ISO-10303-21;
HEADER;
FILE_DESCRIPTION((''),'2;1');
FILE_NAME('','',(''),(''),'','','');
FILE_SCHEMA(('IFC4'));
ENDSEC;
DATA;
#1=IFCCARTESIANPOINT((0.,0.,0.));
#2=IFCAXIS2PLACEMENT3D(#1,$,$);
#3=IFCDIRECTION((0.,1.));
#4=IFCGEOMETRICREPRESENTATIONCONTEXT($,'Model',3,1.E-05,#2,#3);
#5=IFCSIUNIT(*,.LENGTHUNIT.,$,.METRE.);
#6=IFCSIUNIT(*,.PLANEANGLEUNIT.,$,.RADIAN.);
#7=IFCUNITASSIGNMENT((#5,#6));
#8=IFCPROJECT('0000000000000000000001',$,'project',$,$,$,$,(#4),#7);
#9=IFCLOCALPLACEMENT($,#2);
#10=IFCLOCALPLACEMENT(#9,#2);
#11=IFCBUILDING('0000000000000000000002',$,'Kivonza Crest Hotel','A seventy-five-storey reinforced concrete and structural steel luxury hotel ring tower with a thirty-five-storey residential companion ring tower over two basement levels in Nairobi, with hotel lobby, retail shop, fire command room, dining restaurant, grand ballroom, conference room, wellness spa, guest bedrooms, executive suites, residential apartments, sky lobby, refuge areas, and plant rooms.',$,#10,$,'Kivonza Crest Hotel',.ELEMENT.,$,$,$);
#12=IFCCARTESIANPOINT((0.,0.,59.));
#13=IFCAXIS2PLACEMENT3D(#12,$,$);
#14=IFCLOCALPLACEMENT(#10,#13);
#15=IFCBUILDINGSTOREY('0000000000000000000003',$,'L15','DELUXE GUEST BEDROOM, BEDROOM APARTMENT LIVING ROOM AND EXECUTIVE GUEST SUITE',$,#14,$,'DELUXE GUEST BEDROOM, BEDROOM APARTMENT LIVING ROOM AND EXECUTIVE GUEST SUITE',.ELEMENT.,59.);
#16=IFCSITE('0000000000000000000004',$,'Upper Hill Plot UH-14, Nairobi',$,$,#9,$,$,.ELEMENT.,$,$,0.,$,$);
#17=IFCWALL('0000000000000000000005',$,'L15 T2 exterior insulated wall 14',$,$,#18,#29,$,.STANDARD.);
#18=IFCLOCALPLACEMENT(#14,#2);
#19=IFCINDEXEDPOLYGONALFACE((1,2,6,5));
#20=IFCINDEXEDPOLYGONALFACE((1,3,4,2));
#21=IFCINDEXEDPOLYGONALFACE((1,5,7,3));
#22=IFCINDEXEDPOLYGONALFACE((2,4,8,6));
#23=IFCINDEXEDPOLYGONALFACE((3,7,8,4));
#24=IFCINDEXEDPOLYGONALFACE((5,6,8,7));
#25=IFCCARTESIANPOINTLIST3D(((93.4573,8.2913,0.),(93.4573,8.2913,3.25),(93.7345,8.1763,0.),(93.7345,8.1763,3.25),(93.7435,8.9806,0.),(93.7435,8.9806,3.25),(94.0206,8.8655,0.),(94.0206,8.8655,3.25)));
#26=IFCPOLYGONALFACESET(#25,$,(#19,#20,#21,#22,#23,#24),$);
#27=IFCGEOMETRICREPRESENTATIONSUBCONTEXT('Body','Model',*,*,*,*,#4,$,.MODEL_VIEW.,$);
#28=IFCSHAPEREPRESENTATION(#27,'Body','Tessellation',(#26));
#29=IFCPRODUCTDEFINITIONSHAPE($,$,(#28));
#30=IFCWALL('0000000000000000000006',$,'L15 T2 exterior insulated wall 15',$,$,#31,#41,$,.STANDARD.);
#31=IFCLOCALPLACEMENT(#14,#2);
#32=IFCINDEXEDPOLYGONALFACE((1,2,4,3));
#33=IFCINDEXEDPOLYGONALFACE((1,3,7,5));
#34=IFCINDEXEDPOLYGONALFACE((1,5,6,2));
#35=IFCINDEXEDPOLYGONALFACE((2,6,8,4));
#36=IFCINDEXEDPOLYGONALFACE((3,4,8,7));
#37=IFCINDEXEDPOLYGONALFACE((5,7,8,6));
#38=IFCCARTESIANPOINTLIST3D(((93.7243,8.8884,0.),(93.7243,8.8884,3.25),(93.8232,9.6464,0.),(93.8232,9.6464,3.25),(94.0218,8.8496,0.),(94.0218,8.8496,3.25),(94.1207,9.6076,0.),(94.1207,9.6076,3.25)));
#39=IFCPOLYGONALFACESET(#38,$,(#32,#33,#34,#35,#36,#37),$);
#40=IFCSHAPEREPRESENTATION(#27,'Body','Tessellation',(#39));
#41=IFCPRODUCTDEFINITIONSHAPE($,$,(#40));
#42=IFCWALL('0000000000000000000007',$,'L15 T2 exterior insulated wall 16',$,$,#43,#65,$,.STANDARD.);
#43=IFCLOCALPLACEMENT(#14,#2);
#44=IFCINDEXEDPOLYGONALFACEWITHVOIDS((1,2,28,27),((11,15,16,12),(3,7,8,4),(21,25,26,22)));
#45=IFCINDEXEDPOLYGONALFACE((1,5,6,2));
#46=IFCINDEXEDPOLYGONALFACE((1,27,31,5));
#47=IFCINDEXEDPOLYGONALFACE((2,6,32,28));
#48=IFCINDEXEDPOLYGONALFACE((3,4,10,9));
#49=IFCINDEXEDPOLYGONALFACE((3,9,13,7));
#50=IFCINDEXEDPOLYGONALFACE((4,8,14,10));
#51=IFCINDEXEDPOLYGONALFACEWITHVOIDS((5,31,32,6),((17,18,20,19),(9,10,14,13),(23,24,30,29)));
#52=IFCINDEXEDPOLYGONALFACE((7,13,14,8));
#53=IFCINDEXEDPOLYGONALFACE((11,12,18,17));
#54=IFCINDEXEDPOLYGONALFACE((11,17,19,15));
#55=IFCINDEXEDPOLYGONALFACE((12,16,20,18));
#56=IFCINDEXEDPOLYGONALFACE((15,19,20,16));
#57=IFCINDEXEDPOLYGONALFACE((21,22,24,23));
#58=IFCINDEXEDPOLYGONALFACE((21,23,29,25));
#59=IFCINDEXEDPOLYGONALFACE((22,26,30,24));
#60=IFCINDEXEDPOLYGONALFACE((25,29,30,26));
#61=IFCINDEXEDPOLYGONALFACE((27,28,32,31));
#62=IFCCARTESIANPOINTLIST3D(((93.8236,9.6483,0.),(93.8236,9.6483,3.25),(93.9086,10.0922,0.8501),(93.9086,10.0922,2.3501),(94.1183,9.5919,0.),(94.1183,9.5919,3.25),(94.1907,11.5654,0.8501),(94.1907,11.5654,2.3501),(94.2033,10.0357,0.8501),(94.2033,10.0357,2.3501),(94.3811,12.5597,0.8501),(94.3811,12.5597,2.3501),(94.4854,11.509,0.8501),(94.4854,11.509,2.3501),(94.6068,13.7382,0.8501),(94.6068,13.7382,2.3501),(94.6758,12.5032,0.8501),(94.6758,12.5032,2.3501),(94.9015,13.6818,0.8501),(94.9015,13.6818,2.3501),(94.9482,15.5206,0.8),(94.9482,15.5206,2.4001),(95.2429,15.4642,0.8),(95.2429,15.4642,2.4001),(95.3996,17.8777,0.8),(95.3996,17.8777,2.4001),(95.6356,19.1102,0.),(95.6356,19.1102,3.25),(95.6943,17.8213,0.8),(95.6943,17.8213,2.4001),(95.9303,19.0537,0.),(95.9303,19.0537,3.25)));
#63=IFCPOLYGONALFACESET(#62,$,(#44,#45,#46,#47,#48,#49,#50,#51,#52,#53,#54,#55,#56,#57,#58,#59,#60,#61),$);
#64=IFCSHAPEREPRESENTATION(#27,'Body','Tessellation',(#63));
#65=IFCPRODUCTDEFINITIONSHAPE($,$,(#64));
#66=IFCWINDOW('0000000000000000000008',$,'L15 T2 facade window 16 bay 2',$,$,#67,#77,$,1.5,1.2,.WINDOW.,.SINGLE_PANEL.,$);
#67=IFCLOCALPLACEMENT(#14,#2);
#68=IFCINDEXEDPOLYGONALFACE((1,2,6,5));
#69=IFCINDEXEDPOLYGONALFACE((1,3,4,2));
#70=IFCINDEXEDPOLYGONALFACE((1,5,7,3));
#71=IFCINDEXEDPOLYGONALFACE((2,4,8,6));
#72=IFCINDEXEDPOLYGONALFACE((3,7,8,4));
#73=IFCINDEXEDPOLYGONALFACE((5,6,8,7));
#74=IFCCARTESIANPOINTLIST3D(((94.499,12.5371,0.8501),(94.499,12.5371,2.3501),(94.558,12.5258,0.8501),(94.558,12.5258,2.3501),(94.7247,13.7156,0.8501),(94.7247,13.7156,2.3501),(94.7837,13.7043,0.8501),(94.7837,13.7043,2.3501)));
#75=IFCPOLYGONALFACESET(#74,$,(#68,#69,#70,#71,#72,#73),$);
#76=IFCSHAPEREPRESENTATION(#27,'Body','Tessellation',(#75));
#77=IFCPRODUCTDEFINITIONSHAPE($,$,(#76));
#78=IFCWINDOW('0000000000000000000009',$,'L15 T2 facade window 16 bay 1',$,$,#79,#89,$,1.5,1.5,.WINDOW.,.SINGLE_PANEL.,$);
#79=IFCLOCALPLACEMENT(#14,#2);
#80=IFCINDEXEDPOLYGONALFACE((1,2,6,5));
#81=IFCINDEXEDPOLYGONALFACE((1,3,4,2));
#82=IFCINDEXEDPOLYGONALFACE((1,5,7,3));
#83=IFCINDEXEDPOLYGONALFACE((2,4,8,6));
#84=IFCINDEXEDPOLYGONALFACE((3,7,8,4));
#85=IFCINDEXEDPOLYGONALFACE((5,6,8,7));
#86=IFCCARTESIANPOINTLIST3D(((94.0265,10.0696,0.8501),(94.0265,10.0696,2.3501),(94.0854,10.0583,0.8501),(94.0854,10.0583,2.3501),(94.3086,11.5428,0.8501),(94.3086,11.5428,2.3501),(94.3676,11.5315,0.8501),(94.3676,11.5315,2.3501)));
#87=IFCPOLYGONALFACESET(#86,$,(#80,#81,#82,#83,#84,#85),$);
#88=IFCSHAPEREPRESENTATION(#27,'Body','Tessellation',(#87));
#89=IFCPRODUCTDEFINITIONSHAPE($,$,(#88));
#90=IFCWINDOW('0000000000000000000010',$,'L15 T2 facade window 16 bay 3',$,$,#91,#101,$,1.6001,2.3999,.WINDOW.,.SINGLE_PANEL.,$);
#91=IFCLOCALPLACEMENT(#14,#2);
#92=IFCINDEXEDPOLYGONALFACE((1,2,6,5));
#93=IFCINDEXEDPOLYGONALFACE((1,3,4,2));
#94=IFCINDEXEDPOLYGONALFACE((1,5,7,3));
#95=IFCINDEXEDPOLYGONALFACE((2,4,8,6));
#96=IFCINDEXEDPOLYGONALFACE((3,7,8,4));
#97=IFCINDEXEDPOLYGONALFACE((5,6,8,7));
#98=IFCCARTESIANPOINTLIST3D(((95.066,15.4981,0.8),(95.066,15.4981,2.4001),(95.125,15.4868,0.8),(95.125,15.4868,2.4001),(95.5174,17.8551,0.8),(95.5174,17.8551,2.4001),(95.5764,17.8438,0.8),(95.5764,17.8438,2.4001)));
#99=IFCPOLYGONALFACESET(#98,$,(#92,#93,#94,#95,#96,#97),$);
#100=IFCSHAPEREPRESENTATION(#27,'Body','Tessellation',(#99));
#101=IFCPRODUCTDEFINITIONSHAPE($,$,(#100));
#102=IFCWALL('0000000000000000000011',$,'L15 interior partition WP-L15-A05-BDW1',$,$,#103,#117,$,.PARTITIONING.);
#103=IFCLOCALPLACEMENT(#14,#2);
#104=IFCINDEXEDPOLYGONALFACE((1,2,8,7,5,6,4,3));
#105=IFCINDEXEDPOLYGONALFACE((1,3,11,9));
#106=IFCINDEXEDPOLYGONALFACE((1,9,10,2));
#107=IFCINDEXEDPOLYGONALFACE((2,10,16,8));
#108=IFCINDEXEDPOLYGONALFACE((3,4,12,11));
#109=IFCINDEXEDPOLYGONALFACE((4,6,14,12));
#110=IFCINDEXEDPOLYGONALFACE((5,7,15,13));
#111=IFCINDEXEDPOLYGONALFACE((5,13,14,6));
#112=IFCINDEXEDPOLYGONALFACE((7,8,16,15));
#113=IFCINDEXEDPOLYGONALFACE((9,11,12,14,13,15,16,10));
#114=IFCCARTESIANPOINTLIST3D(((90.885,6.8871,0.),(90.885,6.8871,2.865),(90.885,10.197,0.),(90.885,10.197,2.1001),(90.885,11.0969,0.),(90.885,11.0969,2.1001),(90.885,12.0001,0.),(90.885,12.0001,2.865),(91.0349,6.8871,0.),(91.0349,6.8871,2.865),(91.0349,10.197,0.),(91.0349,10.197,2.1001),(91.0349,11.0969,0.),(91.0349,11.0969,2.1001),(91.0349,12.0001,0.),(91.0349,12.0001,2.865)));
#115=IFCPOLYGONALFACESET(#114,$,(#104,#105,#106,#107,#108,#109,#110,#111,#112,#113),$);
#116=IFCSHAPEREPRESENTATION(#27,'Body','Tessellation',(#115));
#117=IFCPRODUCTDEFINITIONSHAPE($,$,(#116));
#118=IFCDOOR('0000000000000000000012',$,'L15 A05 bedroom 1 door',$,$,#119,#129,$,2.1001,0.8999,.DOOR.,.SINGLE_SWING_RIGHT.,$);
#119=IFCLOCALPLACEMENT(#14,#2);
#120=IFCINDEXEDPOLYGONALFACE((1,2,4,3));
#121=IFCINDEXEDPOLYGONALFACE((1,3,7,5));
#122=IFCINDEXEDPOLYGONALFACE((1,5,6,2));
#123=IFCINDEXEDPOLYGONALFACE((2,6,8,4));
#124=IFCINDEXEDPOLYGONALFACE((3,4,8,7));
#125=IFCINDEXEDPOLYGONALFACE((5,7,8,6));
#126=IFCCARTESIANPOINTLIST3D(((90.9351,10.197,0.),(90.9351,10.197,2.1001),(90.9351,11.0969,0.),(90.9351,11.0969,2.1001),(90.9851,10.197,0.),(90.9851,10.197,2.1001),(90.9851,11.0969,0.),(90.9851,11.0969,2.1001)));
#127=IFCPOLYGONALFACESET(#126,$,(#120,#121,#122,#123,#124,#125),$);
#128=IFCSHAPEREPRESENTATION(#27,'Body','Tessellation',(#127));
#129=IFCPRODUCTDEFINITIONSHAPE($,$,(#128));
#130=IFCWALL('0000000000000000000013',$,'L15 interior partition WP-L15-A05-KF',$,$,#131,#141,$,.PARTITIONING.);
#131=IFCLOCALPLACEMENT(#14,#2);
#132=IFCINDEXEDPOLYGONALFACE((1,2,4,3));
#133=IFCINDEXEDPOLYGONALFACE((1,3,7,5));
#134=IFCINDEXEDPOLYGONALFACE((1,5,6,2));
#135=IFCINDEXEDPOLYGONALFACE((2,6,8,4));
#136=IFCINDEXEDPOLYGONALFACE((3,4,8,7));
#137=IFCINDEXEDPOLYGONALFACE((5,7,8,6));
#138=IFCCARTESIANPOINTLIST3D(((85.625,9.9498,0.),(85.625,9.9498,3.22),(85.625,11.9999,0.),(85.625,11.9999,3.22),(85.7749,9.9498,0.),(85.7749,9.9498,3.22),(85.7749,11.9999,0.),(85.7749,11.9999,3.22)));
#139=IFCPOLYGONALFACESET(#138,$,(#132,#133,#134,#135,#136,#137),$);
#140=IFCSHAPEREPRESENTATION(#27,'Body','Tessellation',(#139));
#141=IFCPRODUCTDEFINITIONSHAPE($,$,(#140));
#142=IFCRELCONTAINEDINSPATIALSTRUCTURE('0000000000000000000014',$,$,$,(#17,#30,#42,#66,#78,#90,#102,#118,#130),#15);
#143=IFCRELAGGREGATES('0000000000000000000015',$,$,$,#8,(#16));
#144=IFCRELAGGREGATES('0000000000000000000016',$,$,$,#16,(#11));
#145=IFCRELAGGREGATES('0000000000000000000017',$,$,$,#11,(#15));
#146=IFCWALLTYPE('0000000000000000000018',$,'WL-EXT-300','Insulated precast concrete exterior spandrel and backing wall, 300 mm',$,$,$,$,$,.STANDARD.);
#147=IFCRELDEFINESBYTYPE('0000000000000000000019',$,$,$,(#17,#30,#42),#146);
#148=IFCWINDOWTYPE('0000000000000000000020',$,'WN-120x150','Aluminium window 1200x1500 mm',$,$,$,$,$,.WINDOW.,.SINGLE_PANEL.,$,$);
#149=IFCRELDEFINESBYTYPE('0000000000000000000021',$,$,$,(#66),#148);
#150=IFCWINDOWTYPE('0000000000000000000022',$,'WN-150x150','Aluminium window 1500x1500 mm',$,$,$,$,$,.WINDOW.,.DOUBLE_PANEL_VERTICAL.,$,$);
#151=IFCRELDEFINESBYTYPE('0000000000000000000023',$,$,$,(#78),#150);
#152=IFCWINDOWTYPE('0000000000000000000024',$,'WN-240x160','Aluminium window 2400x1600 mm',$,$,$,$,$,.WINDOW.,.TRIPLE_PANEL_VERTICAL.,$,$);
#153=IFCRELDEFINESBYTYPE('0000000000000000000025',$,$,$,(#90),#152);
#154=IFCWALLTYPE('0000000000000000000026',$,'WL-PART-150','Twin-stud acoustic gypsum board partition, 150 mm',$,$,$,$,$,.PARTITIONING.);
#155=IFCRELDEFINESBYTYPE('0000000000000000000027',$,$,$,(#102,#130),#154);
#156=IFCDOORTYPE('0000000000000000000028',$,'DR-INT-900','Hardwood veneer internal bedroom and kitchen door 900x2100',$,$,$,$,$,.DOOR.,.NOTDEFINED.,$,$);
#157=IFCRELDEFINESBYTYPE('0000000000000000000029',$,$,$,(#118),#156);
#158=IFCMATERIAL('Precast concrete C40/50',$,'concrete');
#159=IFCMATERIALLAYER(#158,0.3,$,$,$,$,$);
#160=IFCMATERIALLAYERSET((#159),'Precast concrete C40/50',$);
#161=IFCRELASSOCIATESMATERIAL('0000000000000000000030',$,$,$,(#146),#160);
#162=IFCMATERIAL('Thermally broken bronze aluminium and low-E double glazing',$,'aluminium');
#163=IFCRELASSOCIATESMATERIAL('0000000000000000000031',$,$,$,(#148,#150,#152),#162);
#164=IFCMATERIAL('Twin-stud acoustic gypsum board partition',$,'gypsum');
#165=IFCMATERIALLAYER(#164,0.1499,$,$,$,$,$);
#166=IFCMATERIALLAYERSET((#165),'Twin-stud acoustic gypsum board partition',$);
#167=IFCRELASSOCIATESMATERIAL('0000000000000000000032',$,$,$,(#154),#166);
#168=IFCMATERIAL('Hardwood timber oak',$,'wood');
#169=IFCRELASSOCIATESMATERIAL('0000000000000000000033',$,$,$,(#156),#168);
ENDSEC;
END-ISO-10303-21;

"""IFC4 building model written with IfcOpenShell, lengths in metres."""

from ifc_helpers import new_model, si_unit, direction, frame, frame_2d, origin, place, context, subcontext, project, spatial, rectangle, extrude, material, layer, layer_set, type_object, element, fill, save


model = new_model("IFC4")

# Units and contexts
model_context = context("Model", 3, precision=1e-05, world=origin(), true_north=direction((0.0, 1.0)))
body_context = subcontext(model_context, "Body", "Model", "MODEL_VIEW")
ifc_project = project(units=[si_unit("LENGTHUNIT", "METRE"), si_unit("PLANEANGLEUNIT", "RADIAN")], contexts=[model_context])

# Site, building, storey
site_placement = place(None, origin())
site = spatial("IfcSite", under=ifc_project, at=site_placement, Name="Upper Hill Plot UH-14, Nairobi", CompositionType="ELEMENT", RefElevation=0.0)
building_placement = place(site_placement, origin())
building = spatial("IfcBuilding", under=site, at=building_placement, Name="Kivonza Crest Hotel", Description="A seventy-five-storey reinforced concrete and structural steel luxury hotel ring tower with a thirty-five-storey residential companion ring tower over two basement levels in Nairobi, with hotel lobby, retail shop, fire command room, dining restaurant, grand ballroom, conference room, wellness spa, guest bedrooms, executive suites, residential apartments, sky lobby, refuge areas, and plant rooms.", LongName="Kivonza Crest Hotel", CompositionType="ELEMENT")
storey_placement = place(building_placement, frame((0.0, 0.0, 59.0)))
storey = spatial("IfcBuildingStorey", under=building, at=storey_placement, Name="L15", Description="DELUXE GUEST BEDROOM, BEDROOM APARTMENT LIVING ROOM AND EXECUTIVE GUEST SUITE", LongName="DELUXE GUEST BEDROOM, BEDROOM APARTMENT LIVING ROOM AND EXECUTIVE GUEST SUITE", CompositionType="ELEMENT", Elevation=59.0)

# Shared definitions
ifc_material_1 = material(Name="Hardwood timber oak", Category="wood")

# Walls
ifc_material_2 = material(Name="Precast concrete C40/50", Category="concrete")
ifc_layer_1 = layer(ifc_material_2, 0.3)
ifc_layer_set_1 = layer_set([ifc_layer_1], Name="Precast concrete C40/50")
wall_type_1 = type_object("IfcWallType", Name="WL-EXT-300", Description="Insulated precast concrete exterior spandrel and backing wall, 300 mm", PredefinedType="STANDARD", material=ifc_layer_set_1)
wall_1_placement = place(storey_placement, frame((93.5959, 8.2339, 0.0), z_axis=(0.0, 0.0, 1.0), x_axis=(0.38343, 0.92357, 0.0)))
element("IfcWall", 1, at=wall_1_placement, inside=storey, type_object=wall_type_1, Name="L15 T2 exterior insulated wall 14", PredefinedType="STANDARD", context=body_context, shape_type="SweptSolid", body=[
    extrude(rectangle(XDim=0.7463, YDim=0.3, at=frame_2d((0.373, 0.0))), origin(), (0.0, 0.0, 1.0), 3.25),
])
wall_2_placement = place(storey_placement, frame((93.873, 8.8689, 0.0), z_axis=(0.0, 0.0, 1.0), x_axis=(0.129339, 0.9916, 0.0)))
element("IfcWall", 2, at=wall_2_placement, inside=storey, type_object=wall_type_1, Name="L15 T2 exterior insulated wall 15", PredefinedType="STANDARD", context=body_context, shape_type="SweptSolid", body=[
    extrude(rectangle(XDim=0.7644, YDim=0.3, at=frame_2d((0.3823, 0.0))), origin(), (0.0, 0.0, 1.0), 3.25),
])

# Wall, openings, windows
wall_3_placement = place(storey_placement, frame((93.9709, 9.6201, 0.0), z_axis=(0.0, 0.0, 1.0), x_axis=(0.188088, 0.982152, 0.0)))
wall_3 = element("IfcWall", 3, at=wall_3_placement, inside=storey, type_object=wall_type_1, Name="L15 T2 exterior insulated wall 16", PredefinedType="STANDARD", context=body_context, shape_type="SweptSolid", body=[
    extrude(rectangle(XDim=9.6338, YDim=0.3, at=frame_2d((4.8169, 0.0))), origin(), (0.0, 0.0, 1.0), 3.25),
])
opening_1_placement = place(wall_3_placement, frame((0.4519, 0.0, 0.8501)))
opening_1 = element("IfcOpeningElement", 4, at=opening_1_placement, cuts=wall_3, PredefinedType="OPENING", context=body_context, shape_type="SweptSolid", body=[
    extrude(rectangle(XDim=1.5, YDim=1.5, at=frame_2d((0.75, 0.75))), frame((0.0, 0.1602, 0.0), z_axis=(0.0, -1.0, 0.0), x_axis=(1.0, 0.0, 0.0)), (0.0, 0.0, 1.0), 0.3201),
])
opening_2_placement = place(wall_3_placement, frame((2.9641, 0.0, 0.8501)))
opening_2 = element("IfcOpeningElement", 5, at=opening_2_placement, cuts=wall_3, PredefinedType="OPENING", context=body_context, shape_type="SweptSolid", body=[
    extrude(rectangle(XDim=1.2, YDim=1.5, at=frame_2d((0.6001, 0.75))), frame((0.0, 0.1602, 0.0), z_axis=(0.0, -1.0, 0.0), x_axis=(1.0, 0.0, 0.0)), (0.0, 0.0, 1.0), 0.3201),
])
opening_3_placement = place(wall_3_placement, frame((5.979, 0.0, 0.8)))
opening_3 = element("IfcOpeningElement", 6, at=opening_3_placement, cuts=wall_3, PredefinedType="OPENING", context=body_context, shape_type="SweptSolid", body=[
    extrude(rectangle(XDim=2.3999, YDim=1.6001, at=frame_2d((1.2, 0.8))), frame((0.0, 0.1602, 0.0), z_axis=(0.0, -1.0, 0.0), x_axis=(1.0, 0.0, 0.0)), (0.0, 0.0, 1.0), 0.3201),
])
ifc_material_3 = material(Name="Thermally broken bronze aluminium and low-E double glazing", Category="aluminium")
window_type_1 = type_object("IfcWindowType", Name="WN-120x150", Description="Aluminium window 1200x1500 mm", PartitioningType="SINGLE_PANEL", PredefinedType="WINDOW", material=ifc_material_3)
window_1_placement = place(opening_2_placement, origin())
window_1 = element("IfcWindow", 7, at=window_1_placement, inside=storey, type_object=window_type_1, Name="L15 T2 facade window 16 bay 2", OverallHeight=1.5, OverallWidth=1.2, PartitioningType="SINGLE_PANEL", PredefinedType="WINDOW", context=body_context, shape_type="SweptSolid", body=[
    extrude(rectangle(XDim=1.2, YDim=1.5, at=frame_2d((0.6001, 0.75))), frame((0.0, 0.03, 0.0), z_axis=(0.0, -1.0, 0.0), x_axis=(1.0, 0.0, 0.0)), (0.0, 0.0, 1.0), 0.0601),
])
fill(opening_2, window_1)
window_type_2 = type_object("IfcWindowType", Name="WN-150x150", Description="Aluminium window 1500x1500 mm", PartitioningType="DOUBLE_PANEL_VERTICAL", PredefinedType="WINDOW", material=ifc_material_3)
window_2_placement = place(opening_1_placement, origin())
window_2 = element("IfcWindow", 8, at=window_2_placement, inside=storey, type_object=window_type_2, Name="L15 T2 facade window 16 bay 1", OverallHeight=1.5, OverallWidth=1.5, PartitioningType="SINGLE_PANEL", PredefinedType="WINDOW", context=body_context, shape_type="SweptSolid", body=[
    extrude(rectangle(XDim=1.5, YDim=1.5, at=frame_2d((0.75, 0.75))), frame((0.0, 0.03, 0.0), z_axis=(0.0, -1.0, 0.0), x_axis=(1.0, 0.0, 0.0)), (0.0, 0.0, 1.0), 0.0601),
])
fill(opening_1, window_2)
window_type_3 = type_object("IfcWindowType", Name="WN-240x160", Description="Aluminium window 2400x1600 mm", PartitioningType="TRIPLE_PANEL_VERTICAL", PredefinedType="WINDOW", material=ifc_material_3)
window_3_placement = place(opening_3_placement, origin())
window_3 = element("IfcWindow", 9, at=window_3_placement, inside=storey, type_object=window_type_3, Name="L15 T2 facade window 16 bay 3", OverallHeight=1.6001, OverallWidth=2.3999, PartitioningType="SINGLE_PANEL", PredefinedType="WINDOW", context=body_context, shape_type="SweptSolid", body=[
    extrude(rectangle(XDim=2.3999, YDim=1.6001, at=frame_2d((1.2, 0.8))), frame((0.0, 0.03, 0.0), z_axis=(0.0, -1.0, 0.0), x_axis=(1.0, 0.0, 0.0)), (0.0, 0.0, 1.0), 0.0601),
])
fill(opening_3, window_3)

# Wall, opening, door
ifc_material_4 = material(Name="Twin-stud acoustic gypsum board partition", Category="gypsum")
ifc_layer_2 = layer(ifc_material_4, 0.1499)
ifc_layer_set_2 = layer_set([ifc_layer_2], Name="Twin-stud acoustic gypsum board partition")
wall_type_2 = type_object("IfcWallType", Name="WL-PART-150", Description="Twin-stud acoustic gypsum board partition, 150 mm", PredefinedType="PARTITIONING", material=ifc_layer_set_2)
wall_4_placement = place(storey_placement, frame((90.96, 6.887, 0.0), z_axis=(0.0, 0.0, 1.0), x_axis=(0.0, 1.0, 0.0)))
wall_4 = element("IfcWall", 10, at=wall_4_placement, inside=storey, type_object=wall_type_2, Name="L15 interior partition WP-L15-A05-BDW1", PredefinedType="PARTITIONING", context=body_context, shape_type="SweptSolid", body=[
    extrude(rectangle(XDim=5.113, YDim=0.1499, at=frame_2d((2.5566, 0.0))), origin(), (0.0, 0.0, 1.0), 2.865),
])
opening_4_placement = place(wall_4_placement, frame((3.3101, 0.0, 0.0)))
opening_4 = element("IfcOpeningElement", 11, at=opening_4_placement, cuts=wall_4, PredefinedType="OPENING", context=body_context, shape_type="SweptSolid", body=[
    extrude(rectangle(XDim=0.8999, YDim=2.1001, at=frame_2d((0.45, 1.05))), frame((0.0, 0.085, 0.0), z_axis=(0.0, -1.0, 0.0), x_axis=(1.0, 0.0, 0.0)), (0.0, 0.0, 1.0), 0.1699),
])
door_type_1 = type_object("IfcDoorType", Name="DR-INT-900", Description="Hardwood veneer internal bedroom and kitchen door 900x2100", OperationType="NOTDEFINED", PredefinedType="DOOR", material=ifc_material_1)
door_1_placement = place(opening_4_placement, origin())
door_1 = element("IfcDoor", 12, at=door_1_placement, inside=storey, type_object=door_type_1, Name="L15 A05 bedroom 1 door", OperationType="SINGLE_SWING_RIGHT", OverallHeight=2.1001, OverallWidth=0.8999, PredefinedType="DOOR", context=body_context, shape_type="SweptSolid", body=[
    extrude(rectangle(XDim=0.8999, YDim=2.1001, at=frame_2d((0.45, 1.05))), frame((0.0, 0.0249, 0.0), z_axis=(0.0, -1.0, 0.0), x_axis=(1.0, 0.0, 0.0)), (0.0, 0.0, 1.0), 0.05),
])
fill(opening_4, door_1)

# Wall
wall_5_placement = place(storey_placement, frame((85.7, 9.95, 0.0), z_axis=(0.0, 0.0, 1.0), x_axis=(0.0, 1.0, 0.0)))
element("IfcWall", 13, at=wall_5_placement, inside=storey, type_object=wall_type_2, Name="L15 interior partition WP-L15-A05-KF", PredefinedType="PARTITIONING", context=body_context, shape_type="SweptSolid", body=[
    extrude(rectangle(XDim=2.05, YDim=0.1499, at=frame_2d((1.0249, 0.0))), origin(), (0.0, 0.0, 1.0), 3.22),
])

save(model, "model.ifc")
